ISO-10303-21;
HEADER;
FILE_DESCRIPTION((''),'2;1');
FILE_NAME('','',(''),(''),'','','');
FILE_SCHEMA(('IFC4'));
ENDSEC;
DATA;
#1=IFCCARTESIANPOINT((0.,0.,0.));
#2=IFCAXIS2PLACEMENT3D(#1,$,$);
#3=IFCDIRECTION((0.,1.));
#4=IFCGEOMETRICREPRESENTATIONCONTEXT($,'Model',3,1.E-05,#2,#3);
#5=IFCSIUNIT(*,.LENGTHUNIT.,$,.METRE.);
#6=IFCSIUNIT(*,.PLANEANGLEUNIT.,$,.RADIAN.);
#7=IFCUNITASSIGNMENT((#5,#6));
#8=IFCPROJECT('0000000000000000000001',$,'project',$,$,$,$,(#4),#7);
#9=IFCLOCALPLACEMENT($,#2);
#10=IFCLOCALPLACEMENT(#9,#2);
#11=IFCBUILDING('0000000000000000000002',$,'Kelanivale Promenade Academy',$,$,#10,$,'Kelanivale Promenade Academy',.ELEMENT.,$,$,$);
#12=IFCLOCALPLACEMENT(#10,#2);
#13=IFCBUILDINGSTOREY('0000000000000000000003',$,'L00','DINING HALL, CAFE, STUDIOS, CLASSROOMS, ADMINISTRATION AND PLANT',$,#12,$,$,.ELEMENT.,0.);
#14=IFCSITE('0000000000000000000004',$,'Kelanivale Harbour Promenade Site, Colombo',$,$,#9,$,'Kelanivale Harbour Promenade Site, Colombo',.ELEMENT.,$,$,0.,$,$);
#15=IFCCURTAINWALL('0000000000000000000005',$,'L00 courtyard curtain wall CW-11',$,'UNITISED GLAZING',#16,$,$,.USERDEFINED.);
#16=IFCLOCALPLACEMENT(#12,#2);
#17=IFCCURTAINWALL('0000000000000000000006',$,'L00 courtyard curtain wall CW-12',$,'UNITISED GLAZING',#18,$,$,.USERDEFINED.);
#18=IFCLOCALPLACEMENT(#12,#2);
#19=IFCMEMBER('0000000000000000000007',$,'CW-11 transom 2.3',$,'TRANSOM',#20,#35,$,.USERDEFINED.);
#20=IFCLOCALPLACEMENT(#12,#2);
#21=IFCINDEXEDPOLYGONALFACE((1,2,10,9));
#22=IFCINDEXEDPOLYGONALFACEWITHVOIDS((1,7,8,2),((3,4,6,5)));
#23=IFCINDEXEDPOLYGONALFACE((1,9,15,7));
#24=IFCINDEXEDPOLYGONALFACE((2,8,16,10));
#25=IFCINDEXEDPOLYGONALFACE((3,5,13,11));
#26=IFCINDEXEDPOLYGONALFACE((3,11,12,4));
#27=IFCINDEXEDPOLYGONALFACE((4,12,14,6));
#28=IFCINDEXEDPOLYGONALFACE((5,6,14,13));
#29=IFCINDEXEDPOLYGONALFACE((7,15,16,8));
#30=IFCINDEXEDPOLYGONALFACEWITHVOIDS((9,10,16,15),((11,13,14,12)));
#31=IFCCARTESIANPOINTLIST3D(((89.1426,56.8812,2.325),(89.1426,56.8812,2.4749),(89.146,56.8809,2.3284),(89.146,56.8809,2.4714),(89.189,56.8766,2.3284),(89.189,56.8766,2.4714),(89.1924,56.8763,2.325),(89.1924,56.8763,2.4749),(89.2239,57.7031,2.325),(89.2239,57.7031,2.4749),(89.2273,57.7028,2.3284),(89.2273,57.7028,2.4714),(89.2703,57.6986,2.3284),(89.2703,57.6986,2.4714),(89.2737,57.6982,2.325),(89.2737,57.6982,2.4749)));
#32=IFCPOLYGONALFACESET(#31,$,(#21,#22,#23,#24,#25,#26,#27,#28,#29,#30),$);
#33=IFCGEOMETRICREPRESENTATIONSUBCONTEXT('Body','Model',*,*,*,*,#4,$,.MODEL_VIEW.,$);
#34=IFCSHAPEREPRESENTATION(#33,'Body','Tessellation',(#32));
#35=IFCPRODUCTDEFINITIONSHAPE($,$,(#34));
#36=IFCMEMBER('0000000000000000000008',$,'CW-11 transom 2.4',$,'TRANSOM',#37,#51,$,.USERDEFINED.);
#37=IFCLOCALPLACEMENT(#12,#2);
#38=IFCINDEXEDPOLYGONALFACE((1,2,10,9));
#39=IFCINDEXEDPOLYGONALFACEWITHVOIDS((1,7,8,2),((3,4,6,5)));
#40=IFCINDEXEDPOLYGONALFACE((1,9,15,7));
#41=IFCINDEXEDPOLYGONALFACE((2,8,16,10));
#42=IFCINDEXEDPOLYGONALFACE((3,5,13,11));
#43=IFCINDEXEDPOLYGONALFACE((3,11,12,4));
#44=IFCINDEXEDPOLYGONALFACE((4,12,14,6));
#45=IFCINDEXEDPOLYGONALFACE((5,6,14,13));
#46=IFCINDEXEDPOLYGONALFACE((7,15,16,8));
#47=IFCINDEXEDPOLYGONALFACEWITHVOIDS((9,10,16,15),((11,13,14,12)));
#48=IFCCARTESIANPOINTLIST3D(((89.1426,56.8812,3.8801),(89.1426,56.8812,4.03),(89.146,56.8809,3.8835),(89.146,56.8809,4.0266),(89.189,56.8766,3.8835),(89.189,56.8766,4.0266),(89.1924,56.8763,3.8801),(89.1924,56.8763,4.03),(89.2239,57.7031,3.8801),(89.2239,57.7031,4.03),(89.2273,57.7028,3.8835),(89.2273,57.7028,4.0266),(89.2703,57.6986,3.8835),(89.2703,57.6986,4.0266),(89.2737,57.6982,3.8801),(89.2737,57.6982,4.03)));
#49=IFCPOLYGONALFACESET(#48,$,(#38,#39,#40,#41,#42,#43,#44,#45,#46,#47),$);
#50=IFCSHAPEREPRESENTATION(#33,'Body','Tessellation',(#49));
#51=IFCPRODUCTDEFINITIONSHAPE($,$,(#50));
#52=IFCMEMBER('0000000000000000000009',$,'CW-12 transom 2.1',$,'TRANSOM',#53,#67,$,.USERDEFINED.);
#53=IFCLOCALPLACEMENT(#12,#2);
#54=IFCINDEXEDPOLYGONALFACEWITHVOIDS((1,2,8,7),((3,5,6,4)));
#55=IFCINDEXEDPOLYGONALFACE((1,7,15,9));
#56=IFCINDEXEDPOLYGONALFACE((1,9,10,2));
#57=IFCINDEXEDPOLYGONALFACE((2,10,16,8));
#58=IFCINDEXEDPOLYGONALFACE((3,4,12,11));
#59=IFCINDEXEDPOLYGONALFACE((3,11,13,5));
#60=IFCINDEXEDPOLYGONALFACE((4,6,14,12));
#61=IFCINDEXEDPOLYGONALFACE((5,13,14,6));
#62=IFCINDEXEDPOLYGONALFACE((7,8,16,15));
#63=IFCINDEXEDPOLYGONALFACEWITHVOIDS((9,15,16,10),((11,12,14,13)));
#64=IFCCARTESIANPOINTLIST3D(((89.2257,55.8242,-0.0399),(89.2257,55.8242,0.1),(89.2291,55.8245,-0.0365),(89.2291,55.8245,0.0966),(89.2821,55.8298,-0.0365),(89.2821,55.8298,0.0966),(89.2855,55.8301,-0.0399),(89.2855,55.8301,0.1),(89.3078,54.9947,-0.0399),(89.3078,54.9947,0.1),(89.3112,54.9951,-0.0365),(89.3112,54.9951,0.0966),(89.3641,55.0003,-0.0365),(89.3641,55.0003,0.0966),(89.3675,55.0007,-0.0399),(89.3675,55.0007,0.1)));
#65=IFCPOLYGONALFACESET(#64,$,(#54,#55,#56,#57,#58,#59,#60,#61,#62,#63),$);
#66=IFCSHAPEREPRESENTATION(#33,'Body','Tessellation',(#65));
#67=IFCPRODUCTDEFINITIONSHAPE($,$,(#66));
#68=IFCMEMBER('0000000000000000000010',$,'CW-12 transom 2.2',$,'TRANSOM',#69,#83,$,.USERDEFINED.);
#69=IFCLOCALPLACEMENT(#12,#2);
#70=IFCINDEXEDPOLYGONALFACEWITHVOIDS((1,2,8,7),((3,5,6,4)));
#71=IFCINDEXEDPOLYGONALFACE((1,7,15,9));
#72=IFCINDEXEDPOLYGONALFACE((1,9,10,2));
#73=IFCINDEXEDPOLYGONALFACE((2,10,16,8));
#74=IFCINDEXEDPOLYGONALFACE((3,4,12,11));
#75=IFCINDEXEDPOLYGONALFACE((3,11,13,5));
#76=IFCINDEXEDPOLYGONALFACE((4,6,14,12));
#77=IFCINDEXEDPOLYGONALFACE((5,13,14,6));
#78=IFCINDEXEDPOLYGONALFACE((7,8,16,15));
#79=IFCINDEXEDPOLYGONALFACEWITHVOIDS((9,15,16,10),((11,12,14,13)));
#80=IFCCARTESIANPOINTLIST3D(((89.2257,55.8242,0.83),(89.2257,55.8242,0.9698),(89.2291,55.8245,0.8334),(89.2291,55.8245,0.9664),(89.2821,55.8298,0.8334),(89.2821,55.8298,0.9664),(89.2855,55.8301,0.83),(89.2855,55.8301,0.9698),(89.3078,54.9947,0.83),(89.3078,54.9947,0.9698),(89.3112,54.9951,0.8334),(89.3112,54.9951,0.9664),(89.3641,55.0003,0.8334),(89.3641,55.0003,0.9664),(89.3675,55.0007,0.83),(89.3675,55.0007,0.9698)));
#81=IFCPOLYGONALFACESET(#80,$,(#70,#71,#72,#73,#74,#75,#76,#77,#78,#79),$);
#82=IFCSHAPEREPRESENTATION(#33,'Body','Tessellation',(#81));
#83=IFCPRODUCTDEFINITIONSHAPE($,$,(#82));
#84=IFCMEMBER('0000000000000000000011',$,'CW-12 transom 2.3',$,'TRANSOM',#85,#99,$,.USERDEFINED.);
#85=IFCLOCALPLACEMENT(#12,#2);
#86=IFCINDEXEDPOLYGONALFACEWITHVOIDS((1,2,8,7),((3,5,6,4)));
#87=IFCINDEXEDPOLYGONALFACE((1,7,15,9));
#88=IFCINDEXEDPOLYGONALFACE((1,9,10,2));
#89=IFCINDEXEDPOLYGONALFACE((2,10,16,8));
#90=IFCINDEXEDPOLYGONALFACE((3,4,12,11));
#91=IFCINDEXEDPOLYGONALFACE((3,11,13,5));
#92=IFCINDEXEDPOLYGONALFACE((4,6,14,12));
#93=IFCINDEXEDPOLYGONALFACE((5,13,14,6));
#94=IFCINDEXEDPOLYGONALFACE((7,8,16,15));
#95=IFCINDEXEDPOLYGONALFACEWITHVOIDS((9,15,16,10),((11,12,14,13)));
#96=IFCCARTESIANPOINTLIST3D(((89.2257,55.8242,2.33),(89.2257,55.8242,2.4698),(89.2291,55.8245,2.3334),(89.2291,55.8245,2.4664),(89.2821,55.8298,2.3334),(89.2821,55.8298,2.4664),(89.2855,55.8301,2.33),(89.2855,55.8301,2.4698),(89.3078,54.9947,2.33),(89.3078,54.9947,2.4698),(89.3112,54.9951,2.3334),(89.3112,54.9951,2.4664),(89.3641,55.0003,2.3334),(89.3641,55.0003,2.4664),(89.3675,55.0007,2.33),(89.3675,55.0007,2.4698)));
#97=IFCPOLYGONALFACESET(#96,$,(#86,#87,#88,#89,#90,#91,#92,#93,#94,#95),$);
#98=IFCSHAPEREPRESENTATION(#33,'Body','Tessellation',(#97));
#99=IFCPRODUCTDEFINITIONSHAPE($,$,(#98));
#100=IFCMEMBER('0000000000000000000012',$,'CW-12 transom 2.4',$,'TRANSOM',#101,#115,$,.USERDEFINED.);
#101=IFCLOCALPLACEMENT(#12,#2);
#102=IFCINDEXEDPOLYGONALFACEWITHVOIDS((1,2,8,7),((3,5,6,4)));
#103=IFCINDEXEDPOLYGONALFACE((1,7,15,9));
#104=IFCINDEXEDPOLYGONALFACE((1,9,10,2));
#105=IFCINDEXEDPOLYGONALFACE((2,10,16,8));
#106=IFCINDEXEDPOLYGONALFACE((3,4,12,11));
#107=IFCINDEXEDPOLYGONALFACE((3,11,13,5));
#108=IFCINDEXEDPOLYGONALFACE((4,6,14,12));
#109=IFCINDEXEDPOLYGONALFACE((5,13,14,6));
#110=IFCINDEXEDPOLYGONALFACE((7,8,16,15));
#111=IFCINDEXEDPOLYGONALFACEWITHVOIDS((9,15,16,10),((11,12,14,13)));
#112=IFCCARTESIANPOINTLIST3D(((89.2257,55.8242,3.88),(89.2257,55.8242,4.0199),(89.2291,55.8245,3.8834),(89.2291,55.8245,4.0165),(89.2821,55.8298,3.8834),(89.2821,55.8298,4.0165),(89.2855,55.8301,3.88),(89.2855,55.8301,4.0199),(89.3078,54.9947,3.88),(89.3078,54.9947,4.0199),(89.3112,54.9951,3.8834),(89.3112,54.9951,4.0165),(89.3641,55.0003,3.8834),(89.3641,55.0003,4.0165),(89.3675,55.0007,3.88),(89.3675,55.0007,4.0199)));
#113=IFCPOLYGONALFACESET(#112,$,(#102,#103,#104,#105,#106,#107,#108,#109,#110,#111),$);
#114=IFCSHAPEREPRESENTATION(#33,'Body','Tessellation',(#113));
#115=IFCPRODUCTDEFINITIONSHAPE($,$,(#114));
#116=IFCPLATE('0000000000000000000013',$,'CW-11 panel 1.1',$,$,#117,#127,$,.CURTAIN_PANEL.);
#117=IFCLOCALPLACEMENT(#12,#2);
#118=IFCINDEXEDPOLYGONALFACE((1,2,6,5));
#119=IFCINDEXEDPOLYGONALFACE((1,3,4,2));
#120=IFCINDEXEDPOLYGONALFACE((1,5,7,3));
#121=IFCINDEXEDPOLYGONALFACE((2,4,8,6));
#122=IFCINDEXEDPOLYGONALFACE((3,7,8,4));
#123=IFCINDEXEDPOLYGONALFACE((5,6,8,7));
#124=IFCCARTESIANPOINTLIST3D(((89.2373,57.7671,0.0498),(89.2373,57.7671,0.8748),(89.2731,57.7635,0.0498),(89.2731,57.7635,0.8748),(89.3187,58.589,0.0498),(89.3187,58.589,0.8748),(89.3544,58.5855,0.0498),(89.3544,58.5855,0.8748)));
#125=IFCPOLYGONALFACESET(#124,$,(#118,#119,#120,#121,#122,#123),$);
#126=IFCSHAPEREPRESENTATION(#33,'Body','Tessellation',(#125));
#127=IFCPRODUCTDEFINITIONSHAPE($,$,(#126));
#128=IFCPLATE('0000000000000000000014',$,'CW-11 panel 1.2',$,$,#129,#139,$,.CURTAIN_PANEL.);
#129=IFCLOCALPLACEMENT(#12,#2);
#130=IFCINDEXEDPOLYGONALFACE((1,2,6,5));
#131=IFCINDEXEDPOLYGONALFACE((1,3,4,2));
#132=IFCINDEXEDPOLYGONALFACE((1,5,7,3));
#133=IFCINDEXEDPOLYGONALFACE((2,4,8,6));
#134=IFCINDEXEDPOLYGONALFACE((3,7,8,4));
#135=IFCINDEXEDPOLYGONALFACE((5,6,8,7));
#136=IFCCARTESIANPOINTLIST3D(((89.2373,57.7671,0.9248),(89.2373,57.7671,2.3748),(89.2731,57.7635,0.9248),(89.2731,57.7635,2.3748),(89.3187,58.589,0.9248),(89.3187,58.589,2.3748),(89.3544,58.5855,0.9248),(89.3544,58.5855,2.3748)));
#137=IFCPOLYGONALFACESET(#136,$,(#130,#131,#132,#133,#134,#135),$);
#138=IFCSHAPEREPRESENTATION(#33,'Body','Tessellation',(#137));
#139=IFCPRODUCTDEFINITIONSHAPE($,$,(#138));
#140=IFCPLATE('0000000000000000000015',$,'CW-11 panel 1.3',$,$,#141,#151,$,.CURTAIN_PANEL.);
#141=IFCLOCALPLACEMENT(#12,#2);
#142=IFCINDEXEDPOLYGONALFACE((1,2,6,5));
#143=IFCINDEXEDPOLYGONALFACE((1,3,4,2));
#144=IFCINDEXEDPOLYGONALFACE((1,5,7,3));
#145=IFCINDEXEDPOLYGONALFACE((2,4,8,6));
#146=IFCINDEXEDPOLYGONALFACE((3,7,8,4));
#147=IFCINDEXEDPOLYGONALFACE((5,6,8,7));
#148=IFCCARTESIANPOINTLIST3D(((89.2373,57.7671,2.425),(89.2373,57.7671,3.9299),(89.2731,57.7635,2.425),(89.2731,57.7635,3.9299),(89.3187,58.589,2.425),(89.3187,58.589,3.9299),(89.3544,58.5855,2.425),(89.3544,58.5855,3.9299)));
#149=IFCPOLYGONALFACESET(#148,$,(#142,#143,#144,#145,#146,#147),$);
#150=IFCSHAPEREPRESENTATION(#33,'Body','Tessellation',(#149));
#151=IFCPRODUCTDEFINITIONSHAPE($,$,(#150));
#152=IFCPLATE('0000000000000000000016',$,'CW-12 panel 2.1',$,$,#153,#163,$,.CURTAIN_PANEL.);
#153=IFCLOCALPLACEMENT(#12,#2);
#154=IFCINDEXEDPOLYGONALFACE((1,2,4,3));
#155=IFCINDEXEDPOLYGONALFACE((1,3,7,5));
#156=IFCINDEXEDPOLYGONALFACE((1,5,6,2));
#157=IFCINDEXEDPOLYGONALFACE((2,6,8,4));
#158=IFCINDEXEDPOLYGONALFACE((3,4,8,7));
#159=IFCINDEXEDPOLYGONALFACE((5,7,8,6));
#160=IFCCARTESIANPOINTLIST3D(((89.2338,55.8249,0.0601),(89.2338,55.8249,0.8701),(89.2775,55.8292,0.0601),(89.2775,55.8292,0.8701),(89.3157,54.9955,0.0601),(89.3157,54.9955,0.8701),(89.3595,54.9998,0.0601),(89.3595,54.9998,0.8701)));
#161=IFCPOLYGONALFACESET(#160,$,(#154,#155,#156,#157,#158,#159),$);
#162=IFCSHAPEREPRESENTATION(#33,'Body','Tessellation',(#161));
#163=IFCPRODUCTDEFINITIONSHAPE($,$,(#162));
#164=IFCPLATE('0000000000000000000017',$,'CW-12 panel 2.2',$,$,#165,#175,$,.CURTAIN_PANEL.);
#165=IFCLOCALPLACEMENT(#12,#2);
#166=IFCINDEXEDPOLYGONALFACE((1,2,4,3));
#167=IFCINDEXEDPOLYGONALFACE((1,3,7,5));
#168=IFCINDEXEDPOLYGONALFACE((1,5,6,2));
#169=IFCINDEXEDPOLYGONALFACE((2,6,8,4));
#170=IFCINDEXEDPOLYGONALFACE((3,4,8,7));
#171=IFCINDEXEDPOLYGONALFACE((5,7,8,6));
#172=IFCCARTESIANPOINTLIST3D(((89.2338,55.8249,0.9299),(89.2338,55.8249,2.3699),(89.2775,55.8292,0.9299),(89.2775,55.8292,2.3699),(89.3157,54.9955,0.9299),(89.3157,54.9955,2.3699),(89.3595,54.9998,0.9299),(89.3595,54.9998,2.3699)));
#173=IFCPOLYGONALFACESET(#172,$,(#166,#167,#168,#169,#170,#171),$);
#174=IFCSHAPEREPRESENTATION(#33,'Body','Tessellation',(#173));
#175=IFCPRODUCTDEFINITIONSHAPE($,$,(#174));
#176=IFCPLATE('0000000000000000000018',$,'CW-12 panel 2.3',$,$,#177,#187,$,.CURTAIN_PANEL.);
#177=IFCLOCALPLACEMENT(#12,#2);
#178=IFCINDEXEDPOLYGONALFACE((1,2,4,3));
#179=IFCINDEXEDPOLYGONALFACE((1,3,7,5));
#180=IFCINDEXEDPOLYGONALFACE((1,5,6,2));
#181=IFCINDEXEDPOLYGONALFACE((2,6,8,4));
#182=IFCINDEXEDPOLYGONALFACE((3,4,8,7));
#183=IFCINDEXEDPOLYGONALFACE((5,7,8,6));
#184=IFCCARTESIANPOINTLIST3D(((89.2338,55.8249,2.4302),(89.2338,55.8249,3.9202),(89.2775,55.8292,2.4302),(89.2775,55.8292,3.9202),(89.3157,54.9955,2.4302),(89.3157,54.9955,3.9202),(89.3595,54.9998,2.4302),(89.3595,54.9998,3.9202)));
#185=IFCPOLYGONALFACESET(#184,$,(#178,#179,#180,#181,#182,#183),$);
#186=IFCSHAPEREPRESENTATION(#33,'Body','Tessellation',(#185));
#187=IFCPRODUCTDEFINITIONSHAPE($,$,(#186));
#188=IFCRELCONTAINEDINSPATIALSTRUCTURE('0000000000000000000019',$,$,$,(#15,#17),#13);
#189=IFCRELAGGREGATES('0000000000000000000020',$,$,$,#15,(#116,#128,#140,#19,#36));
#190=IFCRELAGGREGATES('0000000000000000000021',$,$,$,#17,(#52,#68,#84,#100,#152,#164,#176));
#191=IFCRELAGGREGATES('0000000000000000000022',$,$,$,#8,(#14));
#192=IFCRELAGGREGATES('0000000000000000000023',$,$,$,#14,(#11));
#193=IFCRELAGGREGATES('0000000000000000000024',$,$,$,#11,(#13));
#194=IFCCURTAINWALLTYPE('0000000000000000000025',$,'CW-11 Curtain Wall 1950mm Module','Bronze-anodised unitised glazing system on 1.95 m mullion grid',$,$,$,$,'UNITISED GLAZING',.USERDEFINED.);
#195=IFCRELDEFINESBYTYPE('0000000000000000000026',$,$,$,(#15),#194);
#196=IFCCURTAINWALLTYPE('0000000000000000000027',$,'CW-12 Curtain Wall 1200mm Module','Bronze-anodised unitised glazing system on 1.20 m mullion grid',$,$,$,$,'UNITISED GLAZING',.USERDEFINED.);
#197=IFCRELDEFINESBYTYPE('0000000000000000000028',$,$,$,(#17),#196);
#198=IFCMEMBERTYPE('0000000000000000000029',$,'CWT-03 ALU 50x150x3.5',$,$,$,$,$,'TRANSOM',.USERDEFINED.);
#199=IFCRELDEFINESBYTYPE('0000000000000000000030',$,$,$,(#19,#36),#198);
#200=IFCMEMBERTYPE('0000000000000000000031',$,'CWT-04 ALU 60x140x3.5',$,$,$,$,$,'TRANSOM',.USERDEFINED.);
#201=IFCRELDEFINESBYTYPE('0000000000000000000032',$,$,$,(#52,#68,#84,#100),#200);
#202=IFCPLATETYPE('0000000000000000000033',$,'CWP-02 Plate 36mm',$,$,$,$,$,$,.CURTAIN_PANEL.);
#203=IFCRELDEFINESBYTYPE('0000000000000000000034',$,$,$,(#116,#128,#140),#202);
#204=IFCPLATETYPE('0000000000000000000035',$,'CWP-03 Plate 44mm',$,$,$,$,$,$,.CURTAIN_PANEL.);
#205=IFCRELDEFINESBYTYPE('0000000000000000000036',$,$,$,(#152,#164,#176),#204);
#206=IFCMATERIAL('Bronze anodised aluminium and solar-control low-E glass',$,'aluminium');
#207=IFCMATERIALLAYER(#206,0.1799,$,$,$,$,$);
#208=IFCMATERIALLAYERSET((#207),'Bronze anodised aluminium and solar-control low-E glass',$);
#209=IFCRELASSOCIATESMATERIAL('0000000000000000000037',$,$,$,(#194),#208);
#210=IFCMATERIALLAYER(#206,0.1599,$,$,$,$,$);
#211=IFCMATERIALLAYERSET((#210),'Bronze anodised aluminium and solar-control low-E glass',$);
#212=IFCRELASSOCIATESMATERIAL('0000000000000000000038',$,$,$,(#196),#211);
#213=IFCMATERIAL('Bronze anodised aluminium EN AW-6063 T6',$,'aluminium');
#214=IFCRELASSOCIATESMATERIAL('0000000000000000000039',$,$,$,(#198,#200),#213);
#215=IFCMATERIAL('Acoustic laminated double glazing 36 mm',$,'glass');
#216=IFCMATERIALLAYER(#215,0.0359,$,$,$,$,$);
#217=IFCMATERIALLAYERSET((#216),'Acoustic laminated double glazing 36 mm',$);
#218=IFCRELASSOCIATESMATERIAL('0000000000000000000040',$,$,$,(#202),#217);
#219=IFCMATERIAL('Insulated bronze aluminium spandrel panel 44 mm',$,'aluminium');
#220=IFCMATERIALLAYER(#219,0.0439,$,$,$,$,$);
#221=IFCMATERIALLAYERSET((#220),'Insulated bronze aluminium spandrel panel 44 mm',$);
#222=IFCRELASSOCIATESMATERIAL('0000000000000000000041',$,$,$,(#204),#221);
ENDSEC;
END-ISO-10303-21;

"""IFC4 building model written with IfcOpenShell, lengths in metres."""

from ifc_helpers import new_model, si_unit, direction, frame, origin, origin_2d, place, context, subcontext, project, spatial, rectangle, hollow_rectangle, extrude, material, layer, layer_set, material_profile, profile_set, type_object, element, aggregate, save


model = new_model("IFC4")

# Units and contexts
model_context = context("Model", 3, precision=1e-05, world=origin(), true_north=direction((0.0, 1.0)))
body_context = subcontext(model_context, "Body", "Model", "MODEL_VIEW")
ifc_project = project(units=[si_unit("LENGTHUNIT", "METRE"), si_unit("PLANEANGLEUNIT", "RADIAN")], contexts=[model_context])

# Site, building, storey
site_placement = place(None, origin())
site = spatial("IfcSite", under=ifc_project, at=site_placement, Name="Kelanivale Harbour Promenade Site, Colombo", LongName="Kelanivale Harbour Promenade Site, Colombo", CompositionType="ELEMENT", RefElevation=0.0)
building_placement = place(site_placement, origin())
building = spatial("IfcBuilding", under=site, at=building_placement, Name="Kelanivale Promenade Academy", LongName="Kelanivale Promenade Academy", CompositionType="ELEMENT")
storey_placement = place(building_placement, origin())
storey = spatial("IfcBuildingStorey", under=building, at=storey_placement, Name="L00", Description="DINING HALL, CAFE, STUDIOS, CLASSROOMS, ADMINISTRATION AND PLANT", CompositionType="ELEMENT", Elevation=0.0)

# Curtain wall
ifc_material_1 = material(Name="Bronze anodised aluminium and solar-control low-E glass", Category="aluminium")
ifc_material_2 = material(Name="Bronze anodised aluminium EN AW-6063 T6", Category="aluminium")
ifc_layer_1 = layer(ifc_material_1, 0.1799)
ifc_layer_set_1 = layer_set([ifc_layer_1], Name="Bronze anodised aluminium and solar-control low-E glass")
curtain_wall_type_1 = type_object("IfcCurtainWallType", Name="CW-11 Curtain Wall 1950mm Module", Description="Bronze-anodised unitised glazing system on 1.95 m mullion grid", ElementType="UNITISED GLAZING", PredefinedType="USERDEFINED", material=ifc_layer_set_1)
curtain_wall_1_placement = place(storey_placement, origin())
curtain_wall_1 = element("IfcCurtainWall", 1, at=curtain_wall_1_placement, inside=storey, type_object=curtain_wall_type_1, Name="L00 courtyard curtain wall CW-11", ObjectType="UNITISED GLAZING", PredefinedType="USERDEFINED")

# Curtain wall
ifc_layer_2 = layer(ifc_material_1, 0.1599)
ifc_layer_set_2 = layer_set([ifc_layer_2], Name="Bronze anodised aluminium and solar-control low-E glass")
curtain_wall_type_2 = type_object("IfcCurtainWallType", Name="CW-12 Curtain Wall 1200mm Module", Description="Bronze-anodised unitised glazing system on 1.20 m mullion grid", ElementType="UNITISED GLAZING", PredefinedType="USERDEFINED", material=ifc_layer_set_2)
curtain_wall_2_placement = place(storey_placement, origin())
curtain_wall_2 = element("IfcCurtainWall", 2, at=curtain_wall_2_placement, inside=storey, type_object=curtain_wall_type_2, Name="L00 courtyard curtain wall CW-12", ObjectType="UNITISED GLAZING", PredefinedType="USERDEFINED")

# Members
ifc_material_profile_1 = material_profile(ifc_material_2, hollow_rectangle(XDim=0.05, YDim=0.1499, WallThickness=0.0034, at=origin_2d()), Name="ALU 50x150x3.5")
ifc_profile_set_1 = profile_set([ifc_material_profile_1], Name="Bronze anodised aluminium EN AW-6063 T6")
member_type_1 = type_object("IfcMemberType", Name="CWT-03 ALU 50x150x3.5", ElementType="TRANSOM", PredefinedType="USERDEFINED", material=ifc_profile_set_1)
member_1_placement = place(storey_placement, frame((89.2488, 57.7007, 2.3999), z_axis=(-0.098421, -0.995145, 0.0), x_axis=(0.995145, -0.098421, 0.0)))
member_1 = element("IfcMember", 3, at=member_1_placement, type_object=member_type_1, Name="CW-11 transom 2.3", ObjectType="TRANSOM", PredefinedType="USERDEFINED", context=body_context, shape_type="SweptSolid", body=[
    extrude(hollow_rectangle(XDim=0.05, YDim=0.1499, WallThickness=0.0034, at=origin_2d()), origin(), (0.0, 0.0, 1.0), 0.8259),
])
member_2_placement = place(storey_placement, frame((89.2488, 57.7007, 3.9551), z_axis=(-0.098421, -0.995145, 0.0), x_axis=(0.995145, -0.098421, 0.0)))
member_2 = element("IfcMember", 4, at=member_2_placement, type_object=member_type_1, Name="CW-11 transom 2.4", ObjectType="TRANSOM", PredefinedType="USERDEFINED", context=body_context, shape_type="SweptSolid", body=[
    extrude(hollow_rectangle(XDim=0.05, YDim=0.1499, WallThickness=0.0034, at=origin_2d()), origin(), (0.0, 0.0, 1.0), 0.8259),
])
ifc_material_profile_2 = material_profile(ifc_material_2, hollow_rectangle(XDim=0.0601, YDim=0.1399, WallThickness=0.0034, at=origin_2d()), Name="ALU 60x140x3.5")
ifc_profile_set_2 = profile_set([ifc_material_profile_2], Name="Bronze anodised aluminium EN AW-6063 T6")
member_type_2 = type_object("IfcMemberType", Name="CWT-04 ALU 60x140x3.5", ElementType="TRANSOM", PredefinedType="USERDEFINED", material=ifc_profile_set_2)
member_3_placement = place(storey_placement, frame((89.2556, 55.8271, 0.03), z_axis=(0.09843, -0.995144, 0.0), x_axis=(0.995144, 0.09843, 0.0)))
member_3 = element("IfcMember", 5, at=member_3_placement, type_object=member_type_2, Name="CW-12 transom 2.1", ObjectType="TRANSOM", PredefinedType="USERDEFINED", context=body_context, shape_type="SweptSolid", body=[
    extrude(hollow_rectangle(XDim=0.0601, YDim=0.1399, WallThickness=0.0034, at=origin_2d()), origin(), (0.0, 0.0, 1.0), 0.8335),
])
member_4_placement = place(storey_placement, frame((89.2556, 55.8271, 0.8999), z_axis=(0.09843, -0.995144, 0.0), x_axis=(0.995144, 0.09843, 0.0)))
member_4 = element("IfcMember", 6, at=member_4_placement, type_object=member_type_2, Name="CW-12 transom 2.2", ObjectType="TRANSOM", PredefinedType="USERDEFINED", context=body_context, shape_type="SweptSolid", body=[
    extrude(hollow_rectangle(XDim=0.0601, YDim=0.1399, WallThickness=0.0034, at=origin_2d()), origin(), (0.0, 0.0, 1.0), 0.8335),
])
member_5_placement = place(storey_placement, frame((89.2556, 55.8271, 2.3999), z_axis=(0.09843, -0.995144, 0.0), x_axis=(0.995144, 0.09843, 0.0)))
member_5 = element("IfcMember", 7, at=member_5_placement, type_object=member_type_2, Name="CW-12 transom 2.3", ObjectType="TRANSOM", PredefinedType="USERDEFINED", context=body_context, shape_type="SweptSolid", body=[
    extrude(hollow_rectangle(XDim=0.0601, YDim=0.1399, WallThickness=0.0034, at=origin_2d()), origin(), (0.0, 0.0, 1.0), 0.8335),
])
member_6_placement = place(storey_placement, frame((89.2556, 55.8271, 3.95), z_axis=(0.09843, -0.995144, 0.0), x_axis=(0.995144, 0.09843, 0.0)))
member_6 = element("IfcMember", 8, at=member_6_placement, type_object=member_type_2, Name="CW-12 transom 2.4", ObjectType="TRANSOM", PredefinedType="USERDEFINED", context=body_context, shape_type="SweptSolid", body=[
    extrude(hollow_rectangle(XDim=0.0601, YDim=0.1399, WallThickness=0.0034, at=origin_2d()), origin(), (0.0, 0.0, 1.0), 0.8335),
])

# Plates
ifc_material_3 = material(Name="Acoustic laminated double glazing 36 mm", Category="glass")
ifc_layer_3 = layer(ifc_material_3, 0.0359)
ifc_layer_set_3 = layer_set([ifc_layer_3], Name="Acoustic laminated double glazing 36 mm")
plate_type_1 = type_object("IfcPlateType", Name="CWP-02 Plate 36mm", PredefinedType="CURTAIN_PANEL", material=ifc_layer_set_3)
plate_1_placement = place(storey_placement, frame((89.2959, 58.1763, 0.0498), z_axis=(0.0, 0.0, 1.0), x_axis=(-0.098539, -0.995133, 0.0)))
plate_1 = element("IfcPlate", 9, at=plate_1_placement, type_object=plate_type_1, Name="CW-11 panel 1.1", PredefinedType="CURTAIN_PANEL", context=body_context, shape_type="SweptSolid", body=[
    extrude(rectangle(XDim=0.8259, YDim=0.0359, at=origin_2d()), origin(), (0.0, 0.0, 1.0), 0.825),
])
plate_2_placement = place(storey_placement, frame((89.2959, 58.1763, 0.9248), z_axis=(0.0, 0.0, 1.0), x_axis=(-0.098539, -0.995133, 0.0)))
plate_2 = element("IfcPlate", 10, at=plate_2_placement, type_object=plate_type_1, Name="CW-11 panel 1.2", PredefinedType="CURTAIN_PANEL", context=body_context, shape_type="SweptSolid", body=[
    extrude(rectangle(XDim=0.8259, YDim=0.0359, at=origin_2d()), origin(), (0.0, 0.0, 1.0), 1.45),
])
plate_3_placement = place(storey_placement, frame((89.2959, 58.1763, 2.425), z_axis=(0.0, 0.0, 1.0), x_axis=(-0.098539, -0.995133, 0.0)))
plate_3 = element("IfcPlate", 11, at=plate_3_placement, type_object=plate_type_1, Name="CW-11 panel 1.3", PredefinedType="CURTAIN_PANEL", context=body_context, shape_type="SweptSolid", body=[
    extrude(rectangle(XDim=0.8259, YDim=0.0359, at=origin_2d()), origin(), (0.0, 0.0, 1.0), 1.5049),
])
aggregate(curtain_wall_1, [plate_1, plate_2, plate_3, member_1, member_2])
ifc_material_4 = material(Name="Insulated bronze aluminium spandrel panel 44 mm", Category="aluminium")
ifc_layer_4 = layer(ifc_material_4, 0.0439)
ifc_layer_set_4 = layer_set([ifc_layer_4], Name="Insulated bronze aluminium spandrel panel 44 mm")
plate_type_2 = type_object("IfcPlateType", Name="CWP-03 Plate 44mm", PredefinedType="CURTAIN_PANEL", material=ifc_layer_set_4)
plate_4_placement = place(storey_placement, frame((89.2966, 55.4124, 0.0601), z_axis=(0.0, 0.0, 1.0), x_axis=(0.098281, -0.995159, 0.0)))
plate_4 = element("IfcPlate", 12, at=plate_4_placement, type_object=plate_type_2, Name="CW-12 panel 2.1", PredefinedType="CURTAIN_PANEL", context=body_context, shape_type="SweptSolid", body=[
    extrude(rectangle(XDim=0.8335, YDim=0.0439, at=origin_2d()), origin(), (0.0, 0.0, 1.0), 0.8101),
])
plate_5_placement = place(storey_placement, frame((89.2966, 55.4124, 0.9299), z_axis=(0.0, 0.0, 1.0), x_axis=(0.098281, -0.995159, 0.0)))
plate_5 = element("IfcPlate", 13, at=plate_5_placement, type_object=plate_type_2, Name="CW-12 panel 2.2", PredefinedType="CURTAIN_PANEL", context=body_context, shape_type="SweptSolid", body=[
    extrude(rectangle(XDim=0.8335, YDim=0.0439, at=origin_2d()), origin(), (0.0, 0.0, 1.0), 1.4399),
])
plate_6_placement = place(storey_placement, frame((89.2966, 55.4124, 2.4302), z_axis=(0.0, 0.0, 1.0), x_axis=(0.098281, -0.995159, 0.0)))
plate_6 = element("IfcPlate", 14, at=plate_6_placement, type_object=plate_type_2, Name="CW-12 panel 2.3", PredefinedType="CURTAIN_PANEL", context=body_context, shape_type="SweptSolid", body=[
    extrude(rectangle(XDim=0.8335, YDim=0.0439, at=origin_2d()), origin(), (0.0, 0.0, 1.0), 1.49),
])
aggregate(curtain_wall_2, [member_3, member_4, member_5, member_6, plate_4, plate_5, plate_6])

save(model, "model.ifc")
